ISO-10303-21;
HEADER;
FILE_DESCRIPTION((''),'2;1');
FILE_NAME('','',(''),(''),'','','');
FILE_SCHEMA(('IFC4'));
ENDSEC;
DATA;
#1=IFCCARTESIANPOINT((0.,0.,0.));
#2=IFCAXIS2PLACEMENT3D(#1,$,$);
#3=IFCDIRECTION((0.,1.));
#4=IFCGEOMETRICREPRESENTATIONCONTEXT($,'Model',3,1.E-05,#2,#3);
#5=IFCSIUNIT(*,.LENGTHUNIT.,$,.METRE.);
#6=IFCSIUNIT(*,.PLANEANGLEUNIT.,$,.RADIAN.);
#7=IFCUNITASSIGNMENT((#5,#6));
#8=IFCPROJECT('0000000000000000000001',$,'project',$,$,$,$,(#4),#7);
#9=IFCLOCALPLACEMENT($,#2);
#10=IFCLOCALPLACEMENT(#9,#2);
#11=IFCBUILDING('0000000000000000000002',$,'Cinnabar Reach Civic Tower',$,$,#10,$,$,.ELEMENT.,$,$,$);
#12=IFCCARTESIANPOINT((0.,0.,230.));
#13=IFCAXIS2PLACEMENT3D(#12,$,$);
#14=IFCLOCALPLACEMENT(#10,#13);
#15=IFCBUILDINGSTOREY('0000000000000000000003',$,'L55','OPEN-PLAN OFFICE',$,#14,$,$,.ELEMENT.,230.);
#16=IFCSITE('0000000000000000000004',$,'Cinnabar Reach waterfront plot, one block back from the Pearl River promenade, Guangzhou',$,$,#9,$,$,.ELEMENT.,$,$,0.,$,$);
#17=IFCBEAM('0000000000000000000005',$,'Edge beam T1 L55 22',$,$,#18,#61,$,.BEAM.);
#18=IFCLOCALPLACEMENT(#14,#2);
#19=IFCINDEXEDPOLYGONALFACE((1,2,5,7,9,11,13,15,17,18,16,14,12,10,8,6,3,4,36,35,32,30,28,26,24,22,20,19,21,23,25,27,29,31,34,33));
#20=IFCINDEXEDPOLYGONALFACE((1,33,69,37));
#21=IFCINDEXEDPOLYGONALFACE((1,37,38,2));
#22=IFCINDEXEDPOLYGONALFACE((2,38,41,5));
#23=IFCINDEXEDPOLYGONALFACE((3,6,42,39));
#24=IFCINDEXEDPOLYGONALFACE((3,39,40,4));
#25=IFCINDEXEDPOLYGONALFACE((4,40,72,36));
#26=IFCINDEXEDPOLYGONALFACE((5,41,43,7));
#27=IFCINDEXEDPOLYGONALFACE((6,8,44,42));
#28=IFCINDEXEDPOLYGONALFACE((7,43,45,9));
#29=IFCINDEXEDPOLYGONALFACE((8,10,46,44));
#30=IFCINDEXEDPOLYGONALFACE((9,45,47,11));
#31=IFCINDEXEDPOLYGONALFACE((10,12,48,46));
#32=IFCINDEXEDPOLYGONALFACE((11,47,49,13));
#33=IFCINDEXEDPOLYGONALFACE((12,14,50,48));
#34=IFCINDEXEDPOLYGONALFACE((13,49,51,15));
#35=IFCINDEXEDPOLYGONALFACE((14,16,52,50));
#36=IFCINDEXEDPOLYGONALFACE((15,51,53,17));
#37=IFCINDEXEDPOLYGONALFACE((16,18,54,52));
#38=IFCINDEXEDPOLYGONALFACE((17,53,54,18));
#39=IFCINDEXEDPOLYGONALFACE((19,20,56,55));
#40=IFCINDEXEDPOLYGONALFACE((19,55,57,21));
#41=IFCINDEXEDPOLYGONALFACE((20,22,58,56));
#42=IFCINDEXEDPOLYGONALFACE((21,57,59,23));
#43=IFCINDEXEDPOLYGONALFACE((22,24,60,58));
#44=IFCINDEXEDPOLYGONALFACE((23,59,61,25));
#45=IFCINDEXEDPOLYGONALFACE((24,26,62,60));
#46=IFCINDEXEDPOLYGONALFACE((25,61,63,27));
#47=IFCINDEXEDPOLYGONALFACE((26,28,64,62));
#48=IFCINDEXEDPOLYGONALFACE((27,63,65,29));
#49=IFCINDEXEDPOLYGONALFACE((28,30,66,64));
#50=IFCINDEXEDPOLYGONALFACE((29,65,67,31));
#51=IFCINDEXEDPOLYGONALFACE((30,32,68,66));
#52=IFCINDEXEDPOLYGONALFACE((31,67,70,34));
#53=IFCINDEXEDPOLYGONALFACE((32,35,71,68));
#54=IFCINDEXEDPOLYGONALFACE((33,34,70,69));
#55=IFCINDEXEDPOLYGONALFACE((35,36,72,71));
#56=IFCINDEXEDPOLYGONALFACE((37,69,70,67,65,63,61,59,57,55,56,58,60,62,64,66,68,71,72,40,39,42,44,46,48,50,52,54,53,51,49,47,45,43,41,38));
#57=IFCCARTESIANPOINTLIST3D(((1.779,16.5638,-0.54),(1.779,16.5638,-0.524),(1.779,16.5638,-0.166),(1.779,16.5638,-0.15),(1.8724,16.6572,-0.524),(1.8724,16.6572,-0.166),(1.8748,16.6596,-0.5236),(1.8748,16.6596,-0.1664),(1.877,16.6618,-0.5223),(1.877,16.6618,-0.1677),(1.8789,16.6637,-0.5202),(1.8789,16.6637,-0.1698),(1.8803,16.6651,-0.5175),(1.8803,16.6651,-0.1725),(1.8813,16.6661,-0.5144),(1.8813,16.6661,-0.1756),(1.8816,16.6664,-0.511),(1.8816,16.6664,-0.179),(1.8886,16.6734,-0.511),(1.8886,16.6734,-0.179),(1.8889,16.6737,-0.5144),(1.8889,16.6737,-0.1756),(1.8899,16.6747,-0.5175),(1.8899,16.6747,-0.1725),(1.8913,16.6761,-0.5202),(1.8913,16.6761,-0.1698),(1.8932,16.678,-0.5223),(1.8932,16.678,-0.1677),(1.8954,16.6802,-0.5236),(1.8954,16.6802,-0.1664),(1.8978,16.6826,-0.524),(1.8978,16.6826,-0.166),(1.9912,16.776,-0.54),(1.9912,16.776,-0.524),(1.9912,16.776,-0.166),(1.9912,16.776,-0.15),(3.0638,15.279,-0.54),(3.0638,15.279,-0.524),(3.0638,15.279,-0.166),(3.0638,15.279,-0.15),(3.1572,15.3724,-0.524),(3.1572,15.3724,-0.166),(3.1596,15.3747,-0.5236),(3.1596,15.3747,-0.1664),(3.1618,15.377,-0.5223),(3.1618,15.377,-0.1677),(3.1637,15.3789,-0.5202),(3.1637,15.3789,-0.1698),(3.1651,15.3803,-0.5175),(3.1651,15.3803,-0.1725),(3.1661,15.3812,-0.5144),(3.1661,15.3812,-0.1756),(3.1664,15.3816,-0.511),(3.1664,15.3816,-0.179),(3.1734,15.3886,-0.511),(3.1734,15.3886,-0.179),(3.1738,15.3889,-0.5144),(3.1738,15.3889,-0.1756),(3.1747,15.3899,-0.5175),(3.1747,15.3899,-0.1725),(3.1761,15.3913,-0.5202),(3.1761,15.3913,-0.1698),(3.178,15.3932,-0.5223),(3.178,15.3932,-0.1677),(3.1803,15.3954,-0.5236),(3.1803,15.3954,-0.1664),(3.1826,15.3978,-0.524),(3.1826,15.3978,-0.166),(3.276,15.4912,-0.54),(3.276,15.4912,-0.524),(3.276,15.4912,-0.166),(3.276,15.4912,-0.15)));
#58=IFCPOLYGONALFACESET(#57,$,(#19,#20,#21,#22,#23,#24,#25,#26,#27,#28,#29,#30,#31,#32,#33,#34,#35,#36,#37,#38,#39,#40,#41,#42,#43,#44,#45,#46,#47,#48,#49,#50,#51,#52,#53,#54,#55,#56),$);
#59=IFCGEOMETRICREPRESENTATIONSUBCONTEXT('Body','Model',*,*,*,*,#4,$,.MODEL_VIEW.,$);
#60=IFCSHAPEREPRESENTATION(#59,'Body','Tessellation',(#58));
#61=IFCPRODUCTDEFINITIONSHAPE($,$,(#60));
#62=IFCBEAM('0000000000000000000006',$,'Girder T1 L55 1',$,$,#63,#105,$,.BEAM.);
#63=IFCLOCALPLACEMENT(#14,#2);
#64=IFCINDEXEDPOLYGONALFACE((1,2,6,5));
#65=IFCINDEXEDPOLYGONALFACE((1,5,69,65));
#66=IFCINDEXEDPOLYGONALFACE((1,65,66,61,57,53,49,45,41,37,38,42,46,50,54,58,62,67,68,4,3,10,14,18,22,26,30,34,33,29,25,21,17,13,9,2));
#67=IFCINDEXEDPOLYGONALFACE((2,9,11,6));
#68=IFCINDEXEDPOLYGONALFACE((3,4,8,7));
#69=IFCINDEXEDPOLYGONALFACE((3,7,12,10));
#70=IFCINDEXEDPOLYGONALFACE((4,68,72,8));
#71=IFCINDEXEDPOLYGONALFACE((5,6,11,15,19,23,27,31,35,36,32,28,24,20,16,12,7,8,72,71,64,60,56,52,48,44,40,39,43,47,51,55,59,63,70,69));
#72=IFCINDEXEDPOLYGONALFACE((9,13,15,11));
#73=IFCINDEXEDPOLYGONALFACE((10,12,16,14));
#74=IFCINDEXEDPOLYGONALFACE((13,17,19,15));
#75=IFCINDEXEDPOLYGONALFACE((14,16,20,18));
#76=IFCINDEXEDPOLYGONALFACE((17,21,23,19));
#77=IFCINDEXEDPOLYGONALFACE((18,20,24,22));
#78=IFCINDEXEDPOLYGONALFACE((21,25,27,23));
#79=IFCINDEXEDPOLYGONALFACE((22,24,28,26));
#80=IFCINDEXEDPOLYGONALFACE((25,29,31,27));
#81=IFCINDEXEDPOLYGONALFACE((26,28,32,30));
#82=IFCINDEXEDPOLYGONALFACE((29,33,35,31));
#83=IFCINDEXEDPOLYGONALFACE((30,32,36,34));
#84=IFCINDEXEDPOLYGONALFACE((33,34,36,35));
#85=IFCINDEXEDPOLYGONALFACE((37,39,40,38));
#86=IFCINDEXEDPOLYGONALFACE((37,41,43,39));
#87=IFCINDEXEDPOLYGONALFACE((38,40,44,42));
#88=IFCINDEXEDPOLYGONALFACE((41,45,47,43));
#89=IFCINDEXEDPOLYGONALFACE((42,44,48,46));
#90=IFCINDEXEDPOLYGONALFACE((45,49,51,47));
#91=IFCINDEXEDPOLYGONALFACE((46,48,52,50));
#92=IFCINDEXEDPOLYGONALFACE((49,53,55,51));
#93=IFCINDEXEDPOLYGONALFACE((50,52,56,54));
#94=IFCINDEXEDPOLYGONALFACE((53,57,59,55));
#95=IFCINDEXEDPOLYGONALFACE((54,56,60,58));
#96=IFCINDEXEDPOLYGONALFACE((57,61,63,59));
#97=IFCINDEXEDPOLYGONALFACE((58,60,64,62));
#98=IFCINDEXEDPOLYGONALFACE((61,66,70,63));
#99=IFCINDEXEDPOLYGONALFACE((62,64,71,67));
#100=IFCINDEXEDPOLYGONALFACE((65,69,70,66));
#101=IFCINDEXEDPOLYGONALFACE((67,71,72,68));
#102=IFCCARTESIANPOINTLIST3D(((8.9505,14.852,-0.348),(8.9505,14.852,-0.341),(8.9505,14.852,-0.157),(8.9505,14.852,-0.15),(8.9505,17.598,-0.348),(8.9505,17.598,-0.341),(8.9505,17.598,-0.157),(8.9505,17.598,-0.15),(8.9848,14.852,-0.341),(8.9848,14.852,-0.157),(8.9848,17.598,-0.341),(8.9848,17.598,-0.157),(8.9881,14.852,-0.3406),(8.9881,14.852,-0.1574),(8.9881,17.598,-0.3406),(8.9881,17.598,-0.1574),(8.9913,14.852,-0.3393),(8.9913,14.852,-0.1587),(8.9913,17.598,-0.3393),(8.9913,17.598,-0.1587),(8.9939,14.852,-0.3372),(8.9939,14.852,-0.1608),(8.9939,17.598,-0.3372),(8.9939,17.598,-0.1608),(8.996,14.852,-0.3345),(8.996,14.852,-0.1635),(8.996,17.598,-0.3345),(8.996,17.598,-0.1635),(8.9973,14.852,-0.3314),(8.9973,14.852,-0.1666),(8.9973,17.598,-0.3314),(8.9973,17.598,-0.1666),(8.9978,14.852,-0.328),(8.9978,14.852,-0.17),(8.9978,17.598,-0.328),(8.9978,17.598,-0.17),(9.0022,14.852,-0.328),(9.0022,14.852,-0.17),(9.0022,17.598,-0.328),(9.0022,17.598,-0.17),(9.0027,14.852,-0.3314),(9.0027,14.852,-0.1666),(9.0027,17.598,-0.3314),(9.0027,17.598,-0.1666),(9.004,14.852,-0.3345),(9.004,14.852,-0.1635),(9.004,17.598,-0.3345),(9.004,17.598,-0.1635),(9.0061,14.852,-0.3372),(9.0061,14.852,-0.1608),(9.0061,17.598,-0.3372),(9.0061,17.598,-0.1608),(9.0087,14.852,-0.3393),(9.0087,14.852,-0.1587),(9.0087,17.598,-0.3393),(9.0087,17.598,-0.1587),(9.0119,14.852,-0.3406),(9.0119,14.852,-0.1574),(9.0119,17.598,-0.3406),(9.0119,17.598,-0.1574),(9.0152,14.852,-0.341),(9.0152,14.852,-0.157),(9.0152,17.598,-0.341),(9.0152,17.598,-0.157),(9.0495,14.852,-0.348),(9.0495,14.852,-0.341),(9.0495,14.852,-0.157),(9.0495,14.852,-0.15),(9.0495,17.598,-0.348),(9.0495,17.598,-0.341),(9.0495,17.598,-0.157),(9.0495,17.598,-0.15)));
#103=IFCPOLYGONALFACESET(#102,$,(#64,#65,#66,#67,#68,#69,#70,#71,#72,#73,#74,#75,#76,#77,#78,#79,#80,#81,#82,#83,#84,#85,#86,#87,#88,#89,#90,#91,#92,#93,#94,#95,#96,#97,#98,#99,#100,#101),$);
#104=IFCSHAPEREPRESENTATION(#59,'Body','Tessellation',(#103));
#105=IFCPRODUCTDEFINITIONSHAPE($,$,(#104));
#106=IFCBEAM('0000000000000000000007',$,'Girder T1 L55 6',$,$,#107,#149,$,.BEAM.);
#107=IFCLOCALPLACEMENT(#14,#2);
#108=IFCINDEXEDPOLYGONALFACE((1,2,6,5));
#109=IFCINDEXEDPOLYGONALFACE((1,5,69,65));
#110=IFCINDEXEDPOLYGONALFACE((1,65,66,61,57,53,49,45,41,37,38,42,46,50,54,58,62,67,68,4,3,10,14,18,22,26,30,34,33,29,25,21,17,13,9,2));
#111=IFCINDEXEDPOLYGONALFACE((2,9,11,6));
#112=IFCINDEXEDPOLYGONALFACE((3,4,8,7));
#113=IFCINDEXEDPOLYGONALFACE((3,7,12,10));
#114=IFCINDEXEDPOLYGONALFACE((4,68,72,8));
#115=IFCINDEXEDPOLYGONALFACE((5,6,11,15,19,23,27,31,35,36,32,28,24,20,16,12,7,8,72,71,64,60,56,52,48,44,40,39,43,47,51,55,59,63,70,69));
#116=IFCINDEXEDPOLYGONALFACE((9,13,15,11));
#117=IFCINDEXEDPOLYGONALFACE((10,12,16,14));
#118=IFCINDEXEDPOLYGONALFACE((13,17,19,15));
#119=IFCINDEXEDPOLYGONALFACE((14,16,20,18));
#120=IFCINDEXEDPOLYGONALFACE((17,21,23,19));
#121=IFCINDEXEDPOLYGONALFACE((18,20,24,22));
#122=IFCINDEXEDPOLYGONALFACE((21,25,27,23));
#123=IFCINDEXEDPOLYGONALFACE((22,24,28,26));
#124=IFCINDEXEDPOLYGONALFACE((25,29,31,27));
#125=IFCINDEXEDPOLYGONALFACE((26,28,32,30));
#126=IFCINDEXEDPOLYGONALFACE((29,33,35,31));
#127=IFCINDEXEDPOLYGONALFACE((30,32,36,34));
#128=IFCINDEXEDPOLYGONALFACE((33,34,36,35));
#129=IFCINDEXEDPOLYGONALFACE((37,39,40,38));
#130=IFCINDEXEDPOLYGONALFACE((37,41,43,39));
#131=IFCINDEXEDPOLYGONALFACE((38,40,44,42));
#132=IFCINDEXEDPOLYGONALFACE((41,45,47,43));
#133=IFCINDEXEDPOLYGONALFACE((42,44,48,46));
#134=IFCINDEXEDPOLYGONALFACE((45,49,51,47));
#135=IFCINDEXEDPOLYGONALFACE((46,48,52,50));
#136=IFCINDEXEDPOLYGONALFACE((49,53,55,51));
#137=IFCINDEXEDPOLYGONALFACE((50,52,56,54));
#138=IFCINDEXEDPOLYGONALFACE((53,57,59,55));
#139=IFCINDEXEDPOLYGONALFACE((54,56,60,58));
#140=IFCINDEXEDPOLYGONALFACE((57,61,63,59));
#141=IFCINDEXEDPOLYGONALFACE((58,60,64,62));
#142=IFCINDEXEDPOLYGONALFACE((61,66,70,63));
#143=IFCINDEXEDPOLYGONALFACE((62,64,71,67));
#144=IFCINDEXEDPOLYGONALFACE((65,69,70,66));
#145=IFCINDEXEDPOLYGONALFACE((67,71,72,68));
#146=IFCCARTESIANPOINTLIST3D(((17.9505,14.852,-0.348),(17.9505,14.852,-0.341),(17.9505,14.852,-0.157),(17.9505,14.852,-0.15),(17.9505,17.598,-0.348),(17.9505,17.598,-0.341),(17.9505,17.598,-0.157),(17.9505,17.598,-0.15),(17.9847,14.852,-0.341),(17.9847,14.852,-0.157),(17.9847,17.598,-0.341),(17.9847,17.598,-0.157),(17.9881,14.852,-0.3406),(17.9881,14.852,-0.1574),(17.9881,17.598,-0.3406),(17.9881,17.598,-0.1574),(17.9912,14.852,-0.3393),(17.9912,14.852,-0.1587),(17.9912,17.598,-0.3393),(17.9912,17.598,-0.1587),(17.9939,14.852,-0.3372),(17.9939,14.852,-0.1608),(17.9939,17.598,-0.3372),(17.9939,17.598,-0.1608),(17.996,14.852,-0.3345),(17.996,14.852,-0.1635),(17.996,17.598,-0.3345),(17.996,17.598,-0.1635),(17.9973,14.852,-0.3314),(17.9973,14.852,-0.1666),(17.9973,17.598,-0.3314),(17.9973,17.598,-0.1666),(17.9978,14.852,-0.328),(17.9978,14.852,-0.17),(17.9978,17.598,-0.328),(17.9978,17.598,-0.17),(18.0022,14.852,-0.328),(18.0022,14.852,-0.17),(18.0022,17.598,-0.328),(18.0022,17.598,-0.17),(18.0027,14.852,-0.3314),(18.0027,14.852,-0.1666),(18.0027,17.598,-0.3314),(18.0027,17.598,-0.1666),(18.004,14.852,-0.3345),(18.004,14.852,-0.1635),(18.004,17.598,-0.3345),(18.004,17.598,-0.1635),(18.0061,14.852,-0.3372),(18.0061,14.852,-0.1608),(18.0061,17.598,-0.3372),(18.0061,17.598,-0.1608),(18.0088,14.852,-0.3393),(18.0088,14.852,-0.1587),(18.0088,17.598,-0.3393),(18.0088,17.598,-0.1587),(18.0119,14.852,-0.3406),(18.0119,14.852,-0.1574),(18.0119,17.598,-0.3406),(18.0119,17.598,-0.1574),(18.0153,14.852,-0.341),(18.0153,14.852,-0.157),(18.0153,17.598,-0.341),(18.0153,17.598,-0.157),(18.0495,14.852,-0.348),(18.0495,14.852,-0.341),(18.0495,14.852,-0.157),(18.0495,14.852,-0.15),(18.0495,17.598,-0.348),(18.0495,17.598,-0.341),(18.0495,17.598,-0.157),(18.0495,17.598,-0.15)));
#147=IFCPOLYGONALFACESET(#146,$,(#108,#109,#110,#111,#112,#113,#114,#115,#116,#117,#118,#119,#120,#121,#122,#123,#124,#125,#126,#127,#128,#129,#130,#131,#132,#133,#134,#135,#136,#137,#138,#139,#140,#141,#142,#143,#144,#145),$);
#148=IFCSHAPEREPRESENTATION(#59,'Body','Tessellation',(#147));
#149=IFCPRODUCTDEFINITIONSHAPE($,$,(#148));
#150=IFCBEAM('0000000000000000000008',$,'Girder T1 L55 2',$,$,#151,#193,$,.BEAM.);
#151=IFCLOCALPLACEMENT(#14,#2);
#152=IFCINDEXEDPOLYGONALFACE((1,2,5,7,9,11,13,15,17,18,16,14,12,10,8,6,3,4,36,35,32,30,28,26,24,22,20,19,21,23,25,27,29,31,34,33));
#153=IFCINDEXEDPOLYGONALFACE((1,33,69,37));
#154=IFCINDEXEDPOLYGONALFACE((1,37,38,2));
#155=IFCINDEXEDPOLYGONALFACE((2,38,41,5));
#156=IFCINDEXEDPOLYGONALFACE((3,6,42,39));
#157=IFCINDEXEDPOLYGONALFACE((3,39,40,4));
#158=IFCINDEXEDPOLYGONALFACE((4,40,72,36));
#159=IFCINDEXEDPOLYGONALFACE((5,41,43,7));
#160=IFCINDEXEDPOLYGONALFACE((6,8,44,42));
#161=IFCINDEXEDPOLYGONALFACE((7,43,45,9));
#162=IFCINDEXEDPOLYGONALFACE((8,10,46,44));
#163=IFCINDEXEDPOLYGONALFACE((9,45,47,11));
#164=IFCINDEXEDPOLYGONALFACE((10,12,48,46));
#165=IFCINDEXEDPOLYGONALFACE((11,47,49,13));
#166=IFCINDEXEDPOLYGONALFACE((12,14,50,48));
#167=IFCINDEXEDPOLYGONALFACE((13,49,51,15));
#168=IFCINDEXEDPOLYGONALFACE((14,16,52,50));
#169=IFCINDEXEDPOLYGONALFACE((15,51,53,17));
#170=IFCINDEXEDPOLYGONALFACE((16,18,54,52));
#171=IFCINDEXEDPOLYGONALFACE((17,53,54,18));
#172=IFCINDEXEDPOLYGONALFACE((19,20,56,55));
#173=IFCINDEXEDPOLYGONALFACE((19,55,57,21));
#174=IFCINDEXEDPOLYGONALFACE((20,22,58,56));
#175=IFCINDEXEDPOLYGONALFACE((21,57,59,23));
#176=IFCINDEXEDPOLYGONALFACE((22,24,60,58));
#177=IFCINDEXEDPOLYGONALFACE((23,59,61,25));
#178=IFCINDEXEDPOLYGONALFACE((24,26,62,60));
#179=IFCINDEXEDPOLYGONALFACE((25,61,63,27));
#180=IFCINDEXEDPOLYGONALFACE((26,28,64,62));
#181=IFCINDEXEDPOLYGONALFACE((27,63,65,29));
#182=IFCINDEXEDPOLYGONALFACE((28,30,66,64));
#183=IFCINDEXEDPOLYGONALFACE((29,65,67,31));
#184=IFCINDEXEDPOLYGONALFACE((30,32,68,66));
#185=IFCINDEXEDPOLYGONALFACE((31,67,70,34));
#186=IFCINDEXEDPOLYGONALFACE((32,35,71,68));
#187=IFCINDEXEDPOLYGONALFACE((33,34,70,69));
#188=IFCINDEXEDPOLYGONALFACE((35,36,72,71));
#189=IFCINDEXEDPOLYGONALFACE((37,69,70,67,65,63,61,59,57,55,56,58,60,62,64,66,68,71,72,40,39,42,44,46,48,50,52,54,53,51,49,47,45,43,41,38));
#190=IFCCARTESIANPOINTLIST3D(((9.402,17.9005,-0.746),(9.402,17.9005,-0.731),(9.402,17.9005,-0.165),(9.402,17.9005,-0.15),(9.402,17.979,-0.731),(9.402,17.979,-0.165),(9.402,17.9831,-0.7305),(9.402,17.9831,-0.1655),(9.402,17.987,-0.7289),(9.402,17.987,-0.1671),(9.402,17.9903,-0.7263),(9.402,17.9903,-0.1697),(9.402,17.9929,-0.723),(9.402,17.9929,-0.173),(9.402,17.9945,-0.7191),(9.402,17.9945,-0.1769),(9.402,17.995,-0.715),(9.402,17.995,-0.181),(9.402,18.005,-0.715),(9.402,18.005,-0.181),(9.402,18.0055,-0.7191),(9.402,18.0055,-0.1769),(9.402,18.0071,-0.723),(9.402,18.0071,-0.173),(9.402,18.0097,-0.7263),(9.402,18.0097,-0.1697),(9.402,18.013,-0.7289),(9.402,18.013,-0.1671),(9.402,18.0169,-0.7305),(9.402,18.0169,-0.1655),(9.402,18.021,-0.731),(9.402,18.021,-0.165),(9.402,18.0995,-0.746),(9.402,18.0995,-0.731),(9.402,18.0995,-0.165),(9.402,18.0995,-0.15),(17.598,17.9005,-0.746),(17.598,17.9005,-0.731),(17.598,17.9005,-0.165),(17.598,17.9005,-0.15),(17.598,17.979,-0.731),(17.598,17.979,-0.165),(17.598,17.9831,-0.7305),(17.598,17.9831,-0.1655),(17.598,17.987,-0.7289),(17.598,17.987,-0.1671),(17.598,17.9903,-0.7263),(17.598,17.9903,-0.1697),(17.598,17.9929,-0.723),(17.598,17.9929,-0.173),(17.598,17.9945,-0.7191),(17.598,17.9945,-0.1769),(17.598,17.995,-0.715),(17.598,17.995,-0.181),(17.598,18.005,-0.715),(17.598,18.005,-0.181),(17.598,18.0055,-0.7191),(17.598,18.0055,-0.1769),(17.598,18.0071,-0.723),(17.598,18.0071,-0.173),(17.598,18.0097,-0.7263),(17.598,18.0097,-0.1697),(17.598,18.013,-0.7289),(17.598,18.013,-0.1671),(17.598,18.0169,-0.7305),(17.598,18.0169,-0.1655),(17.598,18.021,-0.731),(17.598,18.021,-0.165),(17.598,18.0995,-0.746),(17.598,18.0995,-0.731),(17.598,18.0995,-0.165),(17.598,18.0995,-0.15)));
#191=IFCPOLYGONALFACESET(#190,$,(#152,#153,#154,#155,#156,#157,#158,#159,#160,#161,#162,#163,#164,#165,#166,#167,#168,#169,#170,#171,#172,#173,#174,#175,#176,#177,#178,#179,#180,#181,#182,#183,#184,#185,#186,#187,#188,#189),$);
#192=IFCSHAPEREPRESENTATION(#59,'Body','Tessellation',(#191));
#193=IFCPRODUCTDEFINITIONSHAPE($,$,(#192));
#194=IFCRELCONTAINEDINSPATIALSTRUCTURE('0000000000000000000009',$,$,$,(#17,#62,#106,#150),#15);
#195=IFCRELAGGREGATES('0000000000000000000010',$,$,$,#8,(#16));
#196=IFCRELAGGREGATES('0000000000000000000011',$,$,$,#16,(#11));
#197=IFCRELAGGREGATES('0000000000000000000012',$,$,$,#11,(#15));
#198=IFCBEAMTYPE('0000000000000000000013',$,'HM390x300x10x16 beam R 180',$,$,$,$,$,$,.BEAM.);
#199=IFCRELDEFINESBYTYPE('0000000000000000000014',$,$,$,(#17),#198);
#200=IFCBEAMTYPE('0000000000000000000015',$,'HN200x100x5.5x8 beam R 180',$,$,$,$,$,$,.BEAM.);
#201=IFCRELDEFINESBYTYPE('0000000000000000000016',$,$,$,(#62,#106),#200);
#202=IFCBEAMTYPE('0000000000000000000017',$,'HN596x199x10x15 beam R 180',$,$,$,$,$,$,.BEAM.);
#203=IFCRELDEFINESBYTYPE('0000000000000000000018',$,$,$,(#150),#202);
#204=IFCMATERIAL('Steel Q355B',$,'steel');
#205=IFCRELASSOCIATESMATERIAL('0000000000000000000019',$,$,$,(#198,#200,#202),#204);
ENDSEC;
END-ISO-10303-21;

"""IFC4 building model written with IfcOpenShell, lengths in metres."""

from ifc_helpers import new_model, si_unit, direction, frame, origin, origin_2d, place, context, subcontext, project, spatial, i_section, extrude, material, material_profile, profile_set, type_object, element, save


model = new_model("IFC4")

# Units and contexts
model_context = context("Model", 3, precision=1e-05, world=origin(), true_north=direction((0.0, 1.0)))
body_context = subcontext(model_context, "Body", "Model", "MODEL_VIEW")
ifc_project = project(units=[si_unit("LENGTHUNIT", "METRE"), si_unit("PLANEANGLEUNIT", "RADIAN")], contexts=[model_context])

# Site, building, storey
site_placement = place(None, origin())
site = spatial("IfcSite", under=ifc_project, at=site_placement, Name="Cinnabar Reach waterfront plot, one block back from the Pearl River promenade, Guangzhou", CompositionType="ELEMENT", RefElevation=0.0)
building_placement = place(site_placement, origin())
building = spatial("IfcBuilding", under=site, at=building_placement, Name="Cinnabar Reach Civic Tower", CompositionType="ELEMENT")
storey_placement = place(building_placement, frame((0.0, 0.0, 230.0)))
storey = spatial("IfcBuildingStorey", under=building, at=storey_placement, Name="L55", Description="OPEN-PLAN OFFICE", CompositionType="ELEMENT", Elevation=230.0)

# Beams
ifc_material_1 = material(Name="Steel Q355B", Category="steel")
ifc_material_profile_1 = material_profile(ifc_material_1, i_section(OverallWidth=0.3, OverallDepth=0.39, WebThickness=0.01, FlangeThickness=0.016, FilletRadius=0.013, at=origin_2d()), Name="HM390x300x10x16")
ifc_profile_set_1 = profile_set([ifc_material_profile_1], Name="Steel Q355B")
beam_type_1 = type_object("IfcBeamType", Name="HM390x300x10x16 beam R 180", PredefinedType="BEAM", material=ifc_profile_set_1)
beam_1_placement = place(storey_placement, frame((1.8851, 16.6699, -0.345), z_axis=(0.707107, -0.707107, 0.0), x_axis=(0.707107, 0.707107, 0.0)))
element("IfcBeam", 1, at=beam_1_placement, inside=storey, type_object=beam_type_1, Name="Edge beam T1 L55 22", PredefinedType="BEAM", context=body_context, shape_type="SweptSolid", body=[
    extrude(i_section(OverallWidth=0.3, OverallDepth=0.39, WebThickness=0.01, FlangeThickness=0.016, FilletRadius=0.013, at=origin_2d()), origin(), (0.0, 0.0, 1.0), 1.817),
])
ifc_material_profile_2 = material_profile(ifc_material_1, i_section(OverallWidth=0.099, OverallDepth=0.198, WebThickness=0.0045, FlangeThickness=0.007, FilletRadius=0.013, at=origin_2d()), Name="HN200x100x5.5x8")
ifc_profile_set_2 = profile_set([ifc_material_profile_2], Name="Steel Q355B")
beam_type_2 = type_object("IfcBeamType", Name="HN200x100x5.5x8 beam R 180", PredefinedType="BEAM", material=ifc_profile_set_2)
for number, where, z_axis, x_axis, name in (
    (2, (9.0, 14.852, -0.249), (0.0, 1.0, 0.0), (-1.0, 0.0, 0.0), "Girder T1 L55 1"),
    (3, (18.0, 14.852, -0.249), (0.0, 1.0, 0.0), (-1.0, 0.0, 0.0), "Girder T1 L55 6"),
):
    element("IfcBeam", number, at=place(storey_placement, frame(where, z_axis=z_axis, x_axis=x_axis)), inside=storey, type_object=beam_type_2, Name=name, PredefinedType="BEAM", context=body_context, shape_type="SweptSolid", body=[
        extrude(i_section(OverallWidth=0.099, OverallDepth=0.198, WebThickness=0.0045, FlangeThickness=0.007, FilletRadius=0.013, at=origin_2d()), origin(), (0.0, 0.0, 1.0), 2.746),
    ])
ifc_material_profile_3 = material_profile(ifc_material_1, i_section(OverallWidth=0.199, OverallDepth=0.596, WebThickness=0.01, FlangeThickness=0.015, FilletRadius=0.016, at=origin_2d()), Name="HN596x199x10x15")
ifc_profile_set_3 = profile_set([ifc_material_profile_3], Name="Steel Q355B")
beam_type_3 = type_object("IfcBeamType", Name="HN596x199x10x15 beam R 180", PredefinedType="BEAM", material=ifc_profile_set_3)
beam_2_placement = place(storey_placement, frame((9.402, 18.0, -0.448), z_axis=(1.0, 0.0, 0.0), x_axis=(0.0, 1.0, 0.0)))
element("IfcBeam", 4, at=beam_2_placement, inside=storey, type_object=beam_type_3, Name="Girder T1 L55 2", PredefinedType="BEAM", context=body_context, shape_type="SweptSolid", body=[
    extrude(i_section(OverallWidth=0.199, OverallDepth=0.596, WebThickness=0.01, FlangeThickness=0.015, FilletRadius=0.016, at=origin_2d()), origin(), (0.0, 0.0, 1.0), 8.196),
])

save(model, "model.ifc")
